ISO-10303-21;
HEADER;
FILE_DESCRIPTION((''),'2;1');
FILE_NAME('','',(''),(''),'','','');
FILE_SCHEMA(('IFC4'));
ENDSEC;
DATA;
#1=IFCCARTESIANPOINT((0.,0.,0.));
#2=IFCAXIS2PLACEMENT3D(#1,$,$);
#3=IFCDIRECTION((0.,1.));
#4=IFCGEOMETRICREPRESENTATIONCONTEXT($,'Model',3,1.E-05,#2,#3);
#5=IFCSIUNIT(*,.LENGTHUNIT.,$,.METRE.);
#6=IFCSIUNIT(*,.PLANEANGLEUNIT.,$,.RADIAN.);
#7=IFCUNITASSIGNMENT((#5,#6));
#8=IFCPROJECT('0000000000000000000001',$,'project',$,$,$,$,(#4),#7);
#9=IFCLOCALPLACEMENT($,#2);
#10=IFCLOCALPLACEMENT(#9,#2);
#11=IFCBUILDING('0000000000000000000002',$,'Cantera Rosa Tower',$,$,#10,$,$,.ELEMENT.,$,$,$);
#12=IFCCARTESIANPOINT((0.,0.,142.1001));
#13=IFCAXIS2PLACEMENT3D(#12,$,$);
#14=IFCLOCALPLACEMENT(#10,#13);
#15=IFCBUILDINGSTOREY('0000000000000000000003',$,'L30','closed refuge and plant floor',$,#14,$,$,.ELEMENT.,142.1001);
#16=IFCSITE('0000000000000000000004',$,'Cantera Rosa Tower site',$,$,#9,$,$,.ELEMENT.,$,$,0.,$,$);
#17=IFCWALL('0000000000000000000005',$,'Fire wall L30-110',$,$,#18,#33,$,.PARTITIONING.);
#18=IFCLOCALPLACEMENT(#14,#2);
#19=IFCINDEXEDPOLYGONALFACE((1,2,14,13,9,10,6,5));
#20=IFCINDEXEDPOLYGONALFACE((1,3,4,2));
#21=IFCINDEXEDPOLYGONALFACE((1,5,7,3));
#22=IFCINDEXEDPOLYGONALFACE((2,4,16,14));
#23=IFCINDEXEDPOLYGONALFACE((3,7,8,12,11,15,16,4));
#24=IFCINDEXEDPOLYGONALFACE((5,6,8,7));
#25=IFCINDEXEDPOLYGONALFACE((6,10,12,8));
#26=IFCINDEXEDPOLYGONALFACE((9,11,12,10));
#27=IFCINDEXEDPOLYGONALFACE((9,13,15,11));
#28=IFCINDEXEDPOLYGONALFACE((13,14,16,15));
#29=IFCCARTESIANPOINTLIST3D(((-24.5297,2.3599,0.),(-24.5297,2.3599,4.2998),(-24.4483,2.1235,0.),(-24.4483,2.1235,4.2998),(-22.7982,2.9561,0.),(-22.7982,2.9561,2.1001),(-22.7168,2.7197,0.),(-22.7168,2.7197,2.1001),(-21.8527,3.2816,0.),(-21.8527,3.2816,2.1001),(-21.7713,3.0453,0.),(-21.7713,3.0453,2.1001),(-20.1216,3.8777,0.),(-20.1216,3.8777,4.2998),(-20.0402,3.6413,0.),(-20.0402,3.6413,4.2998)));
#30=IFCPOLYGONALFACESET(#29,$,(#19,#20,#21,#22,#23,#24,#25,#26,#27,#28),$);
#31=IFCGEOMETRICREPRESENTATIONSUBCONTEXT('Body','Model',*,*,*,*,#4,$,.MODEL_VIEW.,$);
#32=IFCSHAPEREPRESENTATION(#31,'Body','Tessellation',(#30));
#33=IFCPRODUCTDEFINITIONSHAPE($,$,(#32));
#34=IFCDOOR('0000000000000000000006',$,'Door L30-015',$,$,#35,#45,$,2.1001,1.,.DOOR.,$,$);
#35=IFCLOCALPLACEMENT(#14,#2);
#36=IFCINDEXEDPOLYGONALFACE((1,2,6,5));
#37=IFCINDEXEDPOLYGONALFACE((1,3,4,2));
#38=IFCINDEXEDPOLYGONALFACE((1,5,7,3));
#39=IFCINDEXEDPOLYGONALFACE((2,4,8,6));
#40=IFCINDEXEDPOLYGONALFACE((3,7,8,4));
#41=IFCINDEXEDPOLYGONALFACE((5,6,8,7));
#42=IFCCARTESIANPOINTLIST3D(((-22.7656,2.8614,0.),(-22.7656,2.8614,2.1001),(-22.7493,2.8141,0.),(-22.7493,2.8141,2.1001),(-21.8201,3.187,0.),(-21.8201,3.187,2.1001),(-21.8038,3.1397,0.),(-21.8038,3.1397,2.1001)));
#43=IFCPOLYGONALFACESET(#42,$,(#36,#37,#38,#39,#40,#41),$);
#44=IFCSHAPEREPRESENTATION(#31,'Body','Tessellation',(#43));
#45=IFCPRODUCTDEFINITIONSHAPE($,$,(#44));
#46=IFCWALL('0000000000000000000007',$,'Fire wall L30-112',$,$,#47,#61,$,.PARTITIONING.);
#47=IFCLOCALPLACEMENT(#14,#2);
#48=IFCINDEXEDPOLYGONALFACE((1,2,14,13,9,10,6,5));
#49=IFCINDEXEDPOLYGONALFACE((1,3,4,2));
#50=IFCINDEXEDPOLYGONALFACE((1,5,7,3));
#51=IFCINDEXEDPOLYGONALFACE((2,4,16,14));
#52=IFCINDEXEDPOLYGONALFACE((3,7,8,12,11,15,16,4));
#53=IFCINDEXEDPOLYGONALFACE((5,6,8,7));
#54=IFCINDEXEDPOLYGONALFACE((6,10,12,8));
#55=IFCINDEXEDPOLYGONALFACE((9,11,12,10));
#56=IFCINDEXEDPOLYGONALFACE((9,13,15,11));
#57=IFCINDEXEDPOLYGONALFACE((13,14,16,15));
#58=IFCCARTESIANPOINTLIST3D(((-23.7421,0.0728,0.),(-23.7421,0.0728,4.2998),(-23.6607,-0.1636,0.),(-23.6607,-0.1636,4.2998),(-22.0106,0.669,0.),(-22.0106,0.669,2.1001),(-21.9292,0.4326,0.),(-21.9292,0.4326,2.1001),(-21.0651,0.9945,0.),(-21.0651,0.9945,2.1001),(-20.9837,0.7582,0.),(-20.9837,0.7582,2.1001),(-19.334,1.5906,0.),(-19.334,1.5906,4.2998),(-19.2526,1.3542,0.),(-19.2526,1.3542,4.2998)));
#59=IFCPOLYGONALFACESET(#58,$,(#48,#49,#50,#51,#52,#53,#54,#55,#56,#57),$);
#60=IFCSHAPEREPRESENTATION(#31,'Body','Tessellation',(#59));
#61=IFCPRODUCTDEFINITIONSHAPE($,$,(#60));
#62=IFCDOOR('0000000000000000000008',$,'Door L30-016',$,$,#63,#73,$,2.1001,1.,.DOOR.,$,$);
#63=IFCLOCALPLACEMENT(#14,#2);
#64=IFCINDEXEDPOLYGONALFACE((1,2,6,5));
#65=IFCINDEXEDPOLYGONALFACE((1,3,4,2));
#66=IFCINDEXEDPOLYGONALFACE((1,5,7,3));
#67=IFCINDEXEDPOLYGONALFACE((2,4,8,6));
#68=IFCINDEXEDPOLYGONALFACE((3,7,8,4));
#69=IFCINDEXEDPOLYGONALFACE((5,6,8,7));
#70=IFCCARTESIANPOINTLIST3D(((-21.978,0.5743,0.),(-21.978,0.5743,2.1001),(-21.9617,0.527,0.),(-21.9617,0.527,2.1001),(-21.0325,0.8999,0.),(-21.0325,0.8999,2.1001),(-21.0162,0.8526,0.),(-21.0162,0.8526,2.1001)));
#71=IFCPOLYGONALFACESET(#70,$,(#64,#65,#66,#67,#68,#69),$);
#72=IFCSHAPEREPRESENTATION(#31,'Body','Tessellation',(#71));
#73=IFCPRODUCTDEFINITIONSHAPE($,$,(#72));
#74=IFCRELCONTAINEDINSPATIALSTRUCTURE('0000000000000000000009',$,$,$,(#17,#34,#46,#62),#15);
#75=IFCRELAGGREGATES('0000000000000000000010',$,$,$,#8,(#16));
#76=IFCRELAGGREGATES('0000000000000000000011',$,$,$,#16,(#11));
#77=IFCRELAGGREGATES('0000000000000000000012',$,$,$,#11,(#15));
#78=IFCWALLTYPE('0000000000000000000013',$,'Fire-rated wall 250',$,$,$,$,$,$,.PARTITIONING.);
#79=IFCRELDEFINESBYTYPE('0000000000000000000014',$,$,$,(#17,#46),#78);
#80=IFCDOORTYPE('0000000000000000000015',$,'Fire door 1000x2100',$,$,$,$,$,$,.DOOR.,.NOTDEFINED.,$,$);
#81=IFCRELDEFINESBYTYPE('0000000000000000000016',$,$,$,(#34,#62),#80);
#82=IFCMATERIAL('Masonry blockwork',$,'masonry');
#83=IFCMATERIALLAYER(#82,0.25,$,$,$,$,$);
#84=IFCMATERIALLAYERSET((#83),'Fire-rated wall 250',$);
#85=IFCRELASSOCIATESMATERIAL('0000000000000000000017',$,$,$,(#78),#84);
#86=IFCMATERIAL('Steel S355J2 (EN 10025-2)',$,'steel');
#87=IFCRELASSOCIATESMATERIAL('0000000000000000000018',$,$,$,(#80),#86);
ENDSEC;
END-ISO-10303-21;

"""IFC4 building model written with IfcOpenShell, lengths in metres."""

from ifc_helpers import new_model, si_unit, direction, frame, frame_2d, origin, place, context, subcontext, project, spatial, rectangle, extrude, material, layer, layer_set, type_object, element, fill, save


model = new_model("IFC4")

# Units and contexts
model_context = context("Model", 3, precision=1e-05, world=origin(), true_north=direction((0.0, 1.0)))
body_context = subcontext(model_context, "Body", "Model", "MODEL_VIEW")
ifc_project = project(units=[si_unit("LENGTHUNIT", "METRE"), si_unit("PLANEANGLEUNIT", "RADIAN")], contexts=[model_context])

# Site, building, storey
site_placement = place(None, origin())
site = spatial("IfcSite", under=ifc_project, at=site_placement, Name="Cantera Rosa Tower site", CompositionType="ELEMENT", RefElevation=0.0)
building_placement = place(site_placement, origin())
building = spatial("IfcBuilding", under=site, at=building_placement, Name="Cantera Rosa Tower", CompositionType="ELEMENT")
storey_placement = place(building_placement, frame((0.0, 0.0, 142.1001)))
storey = spatial("IfcBuildingStorey", under=building, at=storey_placement, Name="L30", Description="closed refuge and plant floor", CompositionType="ELEMENT", Elevation=142.1001)

# Shared definitions
ifc_material_1 = material(Name="Masonry blockwork", Category="masonry")
ifc_layer_1 = layer(ifc_material_1, 0.25)
ifc_layer_set_1 = layer_set([ifc_layer_1], Name="Fire-rated wall 250")
wall_type = type_object("IfcWallType", Name="Fire-rated wall 250", PredefinedType="PARTITIONING", material=ifc_layer_set_1)

# Walls, openings, doors
wall_1_placement = place(storey_placement, frame((-24.489, 2.2417, 0.0), z_axis=(0.0, 0.0, 1.0), x_axis=(0.945521, 0.32556, 0.0)))
wall_1 = element("IfcWall", 1, at=wall_1_placement, inside=storey, type_object=wall_type, Name="Fire wall L30-110", PredefinedType="PARTITIONING", context=body_context, shape_type="SweptSolid", body=[
    extrude(rectangle(XDim=4.6621, YDim=0.25, at=frame_2d((2.3311, 0.0))), origin(), (0.0, 0.0, 1.0), 4.2998),
])
opening_1_placement = place(wall_1_placement, frame((1.8313, 0.0, 0.0)))
opening_1 = element("IfcOpeningElement", 2, at=opening_1_placement, cuts=wall_1, PredefinedType="OPENING", context=body_context, shape_type="SweptSolid", body=[
    extrude(rectangle(XDim=1.0, YDim=2.1001, at=frame_2d((0.5, 1.05))), frame((0.0, 0.135, 0.0), z_axis=(0.0, -1.0, 0.0), x_axis=(1.0, 0.0, 0.0)), (0.0, 0.0, 1.0), 0.27),
])
ifc_material_2 = material(Name="Steel S355J2 (EN 10025-2)", Category="steel")
door_type = type_object("IfcDoorType", Name="Fire door 1000x2100", OperationType="NOTDEFINED", PredefinedType="DOOR", material=ifc_material_2)
door_1_placement = place(opening_1_placement, origin())
door_1 = element("IfcDoor", 3, at=door_1_placement, inside=storey, type_object=door_type, Name="Door L30-015", OverallHeight=2.1001, OverallWidth=1.0, PredefinedType="DOOR", context=body_context, shape_type="SweptSolid", body=[
    extrude(rectangle(XDim=1.0, YDim=2.1001, at=frame_2d((0.5, 1.05))), frame((0.0, 0.0249, 0.0), z_axis=(0.0, -1.0, 0.0), x_axis=(1.0, 0.0, 0.0)), (0.0, 0.0, 1.0), 0.05),
])
fill(opening_1, door_1)
wall_2_placement = place(storey_placement, frame((-23.7014, -0.0454, 0.0), z_axis=(0.0, 0.0, 1.0), x_axis=(0.945521, 0.32556, 0.0)))
wall_2 = element("IfcWall", 4, at=wall_2_placement, inside=storey, type_object=wall_type, Name="Fire wall L30-112", PredefinedType="PARTITIONING", context=body_context, shape_type="SweptSolid", body=[
    extrude(rectangle(XDim=4.6621, YDim=0.25, at=frame_2d((2.3311, 0.0))), origin(), (0.0, 0.0, 1.0), 4.2998),
])
opening_2_placement = place(wall_2_placement, frame((1.8313, 0.0, 0.0)))
opening_2 = element("IfcOpeningElement", 5, at=opening_2_placement, cuts=wall_2, PredefinedType="OPENING", context=body_context, shape_type="SweptSolid", body=[
    extrude(rectangle(XDim=1.0, YDim=2.1001, at=frame_2d((0.5, 1.05))), frame((0.0, 0.135, 0.0), z_axis=(0.0, -1.0, 0.0), x_axis=(1.0, 0.0, 0.0)), (0.0, 0.0, 1.0), 0.27),
])
door_2_placement = place(opening_2_placement, origin())
door_2 = element("IfcDoor", 6, at=door_2_placement, inside=storey, type_object=door_type, Name="Door L30-016", OverallHeight=2.1001, OverallWidth=1.0, PredefinedType="DOOR", context=body_context, shape_type="SweptSolid", body=[
    extrude(rectangle(XDim=1.0, YDim=2.1001, at=frame_2d((0.5, 1.05))), frame((0.0, 0.0249, 0.0), z_axis=(0.0, -1.0, 0.0), x_axis=(1.0, 0.0, 0.0)), (0.0, 0.0, 1.0), 0.05),
])
fill(opening_2, door_2)

save(model, "model.ifc")
